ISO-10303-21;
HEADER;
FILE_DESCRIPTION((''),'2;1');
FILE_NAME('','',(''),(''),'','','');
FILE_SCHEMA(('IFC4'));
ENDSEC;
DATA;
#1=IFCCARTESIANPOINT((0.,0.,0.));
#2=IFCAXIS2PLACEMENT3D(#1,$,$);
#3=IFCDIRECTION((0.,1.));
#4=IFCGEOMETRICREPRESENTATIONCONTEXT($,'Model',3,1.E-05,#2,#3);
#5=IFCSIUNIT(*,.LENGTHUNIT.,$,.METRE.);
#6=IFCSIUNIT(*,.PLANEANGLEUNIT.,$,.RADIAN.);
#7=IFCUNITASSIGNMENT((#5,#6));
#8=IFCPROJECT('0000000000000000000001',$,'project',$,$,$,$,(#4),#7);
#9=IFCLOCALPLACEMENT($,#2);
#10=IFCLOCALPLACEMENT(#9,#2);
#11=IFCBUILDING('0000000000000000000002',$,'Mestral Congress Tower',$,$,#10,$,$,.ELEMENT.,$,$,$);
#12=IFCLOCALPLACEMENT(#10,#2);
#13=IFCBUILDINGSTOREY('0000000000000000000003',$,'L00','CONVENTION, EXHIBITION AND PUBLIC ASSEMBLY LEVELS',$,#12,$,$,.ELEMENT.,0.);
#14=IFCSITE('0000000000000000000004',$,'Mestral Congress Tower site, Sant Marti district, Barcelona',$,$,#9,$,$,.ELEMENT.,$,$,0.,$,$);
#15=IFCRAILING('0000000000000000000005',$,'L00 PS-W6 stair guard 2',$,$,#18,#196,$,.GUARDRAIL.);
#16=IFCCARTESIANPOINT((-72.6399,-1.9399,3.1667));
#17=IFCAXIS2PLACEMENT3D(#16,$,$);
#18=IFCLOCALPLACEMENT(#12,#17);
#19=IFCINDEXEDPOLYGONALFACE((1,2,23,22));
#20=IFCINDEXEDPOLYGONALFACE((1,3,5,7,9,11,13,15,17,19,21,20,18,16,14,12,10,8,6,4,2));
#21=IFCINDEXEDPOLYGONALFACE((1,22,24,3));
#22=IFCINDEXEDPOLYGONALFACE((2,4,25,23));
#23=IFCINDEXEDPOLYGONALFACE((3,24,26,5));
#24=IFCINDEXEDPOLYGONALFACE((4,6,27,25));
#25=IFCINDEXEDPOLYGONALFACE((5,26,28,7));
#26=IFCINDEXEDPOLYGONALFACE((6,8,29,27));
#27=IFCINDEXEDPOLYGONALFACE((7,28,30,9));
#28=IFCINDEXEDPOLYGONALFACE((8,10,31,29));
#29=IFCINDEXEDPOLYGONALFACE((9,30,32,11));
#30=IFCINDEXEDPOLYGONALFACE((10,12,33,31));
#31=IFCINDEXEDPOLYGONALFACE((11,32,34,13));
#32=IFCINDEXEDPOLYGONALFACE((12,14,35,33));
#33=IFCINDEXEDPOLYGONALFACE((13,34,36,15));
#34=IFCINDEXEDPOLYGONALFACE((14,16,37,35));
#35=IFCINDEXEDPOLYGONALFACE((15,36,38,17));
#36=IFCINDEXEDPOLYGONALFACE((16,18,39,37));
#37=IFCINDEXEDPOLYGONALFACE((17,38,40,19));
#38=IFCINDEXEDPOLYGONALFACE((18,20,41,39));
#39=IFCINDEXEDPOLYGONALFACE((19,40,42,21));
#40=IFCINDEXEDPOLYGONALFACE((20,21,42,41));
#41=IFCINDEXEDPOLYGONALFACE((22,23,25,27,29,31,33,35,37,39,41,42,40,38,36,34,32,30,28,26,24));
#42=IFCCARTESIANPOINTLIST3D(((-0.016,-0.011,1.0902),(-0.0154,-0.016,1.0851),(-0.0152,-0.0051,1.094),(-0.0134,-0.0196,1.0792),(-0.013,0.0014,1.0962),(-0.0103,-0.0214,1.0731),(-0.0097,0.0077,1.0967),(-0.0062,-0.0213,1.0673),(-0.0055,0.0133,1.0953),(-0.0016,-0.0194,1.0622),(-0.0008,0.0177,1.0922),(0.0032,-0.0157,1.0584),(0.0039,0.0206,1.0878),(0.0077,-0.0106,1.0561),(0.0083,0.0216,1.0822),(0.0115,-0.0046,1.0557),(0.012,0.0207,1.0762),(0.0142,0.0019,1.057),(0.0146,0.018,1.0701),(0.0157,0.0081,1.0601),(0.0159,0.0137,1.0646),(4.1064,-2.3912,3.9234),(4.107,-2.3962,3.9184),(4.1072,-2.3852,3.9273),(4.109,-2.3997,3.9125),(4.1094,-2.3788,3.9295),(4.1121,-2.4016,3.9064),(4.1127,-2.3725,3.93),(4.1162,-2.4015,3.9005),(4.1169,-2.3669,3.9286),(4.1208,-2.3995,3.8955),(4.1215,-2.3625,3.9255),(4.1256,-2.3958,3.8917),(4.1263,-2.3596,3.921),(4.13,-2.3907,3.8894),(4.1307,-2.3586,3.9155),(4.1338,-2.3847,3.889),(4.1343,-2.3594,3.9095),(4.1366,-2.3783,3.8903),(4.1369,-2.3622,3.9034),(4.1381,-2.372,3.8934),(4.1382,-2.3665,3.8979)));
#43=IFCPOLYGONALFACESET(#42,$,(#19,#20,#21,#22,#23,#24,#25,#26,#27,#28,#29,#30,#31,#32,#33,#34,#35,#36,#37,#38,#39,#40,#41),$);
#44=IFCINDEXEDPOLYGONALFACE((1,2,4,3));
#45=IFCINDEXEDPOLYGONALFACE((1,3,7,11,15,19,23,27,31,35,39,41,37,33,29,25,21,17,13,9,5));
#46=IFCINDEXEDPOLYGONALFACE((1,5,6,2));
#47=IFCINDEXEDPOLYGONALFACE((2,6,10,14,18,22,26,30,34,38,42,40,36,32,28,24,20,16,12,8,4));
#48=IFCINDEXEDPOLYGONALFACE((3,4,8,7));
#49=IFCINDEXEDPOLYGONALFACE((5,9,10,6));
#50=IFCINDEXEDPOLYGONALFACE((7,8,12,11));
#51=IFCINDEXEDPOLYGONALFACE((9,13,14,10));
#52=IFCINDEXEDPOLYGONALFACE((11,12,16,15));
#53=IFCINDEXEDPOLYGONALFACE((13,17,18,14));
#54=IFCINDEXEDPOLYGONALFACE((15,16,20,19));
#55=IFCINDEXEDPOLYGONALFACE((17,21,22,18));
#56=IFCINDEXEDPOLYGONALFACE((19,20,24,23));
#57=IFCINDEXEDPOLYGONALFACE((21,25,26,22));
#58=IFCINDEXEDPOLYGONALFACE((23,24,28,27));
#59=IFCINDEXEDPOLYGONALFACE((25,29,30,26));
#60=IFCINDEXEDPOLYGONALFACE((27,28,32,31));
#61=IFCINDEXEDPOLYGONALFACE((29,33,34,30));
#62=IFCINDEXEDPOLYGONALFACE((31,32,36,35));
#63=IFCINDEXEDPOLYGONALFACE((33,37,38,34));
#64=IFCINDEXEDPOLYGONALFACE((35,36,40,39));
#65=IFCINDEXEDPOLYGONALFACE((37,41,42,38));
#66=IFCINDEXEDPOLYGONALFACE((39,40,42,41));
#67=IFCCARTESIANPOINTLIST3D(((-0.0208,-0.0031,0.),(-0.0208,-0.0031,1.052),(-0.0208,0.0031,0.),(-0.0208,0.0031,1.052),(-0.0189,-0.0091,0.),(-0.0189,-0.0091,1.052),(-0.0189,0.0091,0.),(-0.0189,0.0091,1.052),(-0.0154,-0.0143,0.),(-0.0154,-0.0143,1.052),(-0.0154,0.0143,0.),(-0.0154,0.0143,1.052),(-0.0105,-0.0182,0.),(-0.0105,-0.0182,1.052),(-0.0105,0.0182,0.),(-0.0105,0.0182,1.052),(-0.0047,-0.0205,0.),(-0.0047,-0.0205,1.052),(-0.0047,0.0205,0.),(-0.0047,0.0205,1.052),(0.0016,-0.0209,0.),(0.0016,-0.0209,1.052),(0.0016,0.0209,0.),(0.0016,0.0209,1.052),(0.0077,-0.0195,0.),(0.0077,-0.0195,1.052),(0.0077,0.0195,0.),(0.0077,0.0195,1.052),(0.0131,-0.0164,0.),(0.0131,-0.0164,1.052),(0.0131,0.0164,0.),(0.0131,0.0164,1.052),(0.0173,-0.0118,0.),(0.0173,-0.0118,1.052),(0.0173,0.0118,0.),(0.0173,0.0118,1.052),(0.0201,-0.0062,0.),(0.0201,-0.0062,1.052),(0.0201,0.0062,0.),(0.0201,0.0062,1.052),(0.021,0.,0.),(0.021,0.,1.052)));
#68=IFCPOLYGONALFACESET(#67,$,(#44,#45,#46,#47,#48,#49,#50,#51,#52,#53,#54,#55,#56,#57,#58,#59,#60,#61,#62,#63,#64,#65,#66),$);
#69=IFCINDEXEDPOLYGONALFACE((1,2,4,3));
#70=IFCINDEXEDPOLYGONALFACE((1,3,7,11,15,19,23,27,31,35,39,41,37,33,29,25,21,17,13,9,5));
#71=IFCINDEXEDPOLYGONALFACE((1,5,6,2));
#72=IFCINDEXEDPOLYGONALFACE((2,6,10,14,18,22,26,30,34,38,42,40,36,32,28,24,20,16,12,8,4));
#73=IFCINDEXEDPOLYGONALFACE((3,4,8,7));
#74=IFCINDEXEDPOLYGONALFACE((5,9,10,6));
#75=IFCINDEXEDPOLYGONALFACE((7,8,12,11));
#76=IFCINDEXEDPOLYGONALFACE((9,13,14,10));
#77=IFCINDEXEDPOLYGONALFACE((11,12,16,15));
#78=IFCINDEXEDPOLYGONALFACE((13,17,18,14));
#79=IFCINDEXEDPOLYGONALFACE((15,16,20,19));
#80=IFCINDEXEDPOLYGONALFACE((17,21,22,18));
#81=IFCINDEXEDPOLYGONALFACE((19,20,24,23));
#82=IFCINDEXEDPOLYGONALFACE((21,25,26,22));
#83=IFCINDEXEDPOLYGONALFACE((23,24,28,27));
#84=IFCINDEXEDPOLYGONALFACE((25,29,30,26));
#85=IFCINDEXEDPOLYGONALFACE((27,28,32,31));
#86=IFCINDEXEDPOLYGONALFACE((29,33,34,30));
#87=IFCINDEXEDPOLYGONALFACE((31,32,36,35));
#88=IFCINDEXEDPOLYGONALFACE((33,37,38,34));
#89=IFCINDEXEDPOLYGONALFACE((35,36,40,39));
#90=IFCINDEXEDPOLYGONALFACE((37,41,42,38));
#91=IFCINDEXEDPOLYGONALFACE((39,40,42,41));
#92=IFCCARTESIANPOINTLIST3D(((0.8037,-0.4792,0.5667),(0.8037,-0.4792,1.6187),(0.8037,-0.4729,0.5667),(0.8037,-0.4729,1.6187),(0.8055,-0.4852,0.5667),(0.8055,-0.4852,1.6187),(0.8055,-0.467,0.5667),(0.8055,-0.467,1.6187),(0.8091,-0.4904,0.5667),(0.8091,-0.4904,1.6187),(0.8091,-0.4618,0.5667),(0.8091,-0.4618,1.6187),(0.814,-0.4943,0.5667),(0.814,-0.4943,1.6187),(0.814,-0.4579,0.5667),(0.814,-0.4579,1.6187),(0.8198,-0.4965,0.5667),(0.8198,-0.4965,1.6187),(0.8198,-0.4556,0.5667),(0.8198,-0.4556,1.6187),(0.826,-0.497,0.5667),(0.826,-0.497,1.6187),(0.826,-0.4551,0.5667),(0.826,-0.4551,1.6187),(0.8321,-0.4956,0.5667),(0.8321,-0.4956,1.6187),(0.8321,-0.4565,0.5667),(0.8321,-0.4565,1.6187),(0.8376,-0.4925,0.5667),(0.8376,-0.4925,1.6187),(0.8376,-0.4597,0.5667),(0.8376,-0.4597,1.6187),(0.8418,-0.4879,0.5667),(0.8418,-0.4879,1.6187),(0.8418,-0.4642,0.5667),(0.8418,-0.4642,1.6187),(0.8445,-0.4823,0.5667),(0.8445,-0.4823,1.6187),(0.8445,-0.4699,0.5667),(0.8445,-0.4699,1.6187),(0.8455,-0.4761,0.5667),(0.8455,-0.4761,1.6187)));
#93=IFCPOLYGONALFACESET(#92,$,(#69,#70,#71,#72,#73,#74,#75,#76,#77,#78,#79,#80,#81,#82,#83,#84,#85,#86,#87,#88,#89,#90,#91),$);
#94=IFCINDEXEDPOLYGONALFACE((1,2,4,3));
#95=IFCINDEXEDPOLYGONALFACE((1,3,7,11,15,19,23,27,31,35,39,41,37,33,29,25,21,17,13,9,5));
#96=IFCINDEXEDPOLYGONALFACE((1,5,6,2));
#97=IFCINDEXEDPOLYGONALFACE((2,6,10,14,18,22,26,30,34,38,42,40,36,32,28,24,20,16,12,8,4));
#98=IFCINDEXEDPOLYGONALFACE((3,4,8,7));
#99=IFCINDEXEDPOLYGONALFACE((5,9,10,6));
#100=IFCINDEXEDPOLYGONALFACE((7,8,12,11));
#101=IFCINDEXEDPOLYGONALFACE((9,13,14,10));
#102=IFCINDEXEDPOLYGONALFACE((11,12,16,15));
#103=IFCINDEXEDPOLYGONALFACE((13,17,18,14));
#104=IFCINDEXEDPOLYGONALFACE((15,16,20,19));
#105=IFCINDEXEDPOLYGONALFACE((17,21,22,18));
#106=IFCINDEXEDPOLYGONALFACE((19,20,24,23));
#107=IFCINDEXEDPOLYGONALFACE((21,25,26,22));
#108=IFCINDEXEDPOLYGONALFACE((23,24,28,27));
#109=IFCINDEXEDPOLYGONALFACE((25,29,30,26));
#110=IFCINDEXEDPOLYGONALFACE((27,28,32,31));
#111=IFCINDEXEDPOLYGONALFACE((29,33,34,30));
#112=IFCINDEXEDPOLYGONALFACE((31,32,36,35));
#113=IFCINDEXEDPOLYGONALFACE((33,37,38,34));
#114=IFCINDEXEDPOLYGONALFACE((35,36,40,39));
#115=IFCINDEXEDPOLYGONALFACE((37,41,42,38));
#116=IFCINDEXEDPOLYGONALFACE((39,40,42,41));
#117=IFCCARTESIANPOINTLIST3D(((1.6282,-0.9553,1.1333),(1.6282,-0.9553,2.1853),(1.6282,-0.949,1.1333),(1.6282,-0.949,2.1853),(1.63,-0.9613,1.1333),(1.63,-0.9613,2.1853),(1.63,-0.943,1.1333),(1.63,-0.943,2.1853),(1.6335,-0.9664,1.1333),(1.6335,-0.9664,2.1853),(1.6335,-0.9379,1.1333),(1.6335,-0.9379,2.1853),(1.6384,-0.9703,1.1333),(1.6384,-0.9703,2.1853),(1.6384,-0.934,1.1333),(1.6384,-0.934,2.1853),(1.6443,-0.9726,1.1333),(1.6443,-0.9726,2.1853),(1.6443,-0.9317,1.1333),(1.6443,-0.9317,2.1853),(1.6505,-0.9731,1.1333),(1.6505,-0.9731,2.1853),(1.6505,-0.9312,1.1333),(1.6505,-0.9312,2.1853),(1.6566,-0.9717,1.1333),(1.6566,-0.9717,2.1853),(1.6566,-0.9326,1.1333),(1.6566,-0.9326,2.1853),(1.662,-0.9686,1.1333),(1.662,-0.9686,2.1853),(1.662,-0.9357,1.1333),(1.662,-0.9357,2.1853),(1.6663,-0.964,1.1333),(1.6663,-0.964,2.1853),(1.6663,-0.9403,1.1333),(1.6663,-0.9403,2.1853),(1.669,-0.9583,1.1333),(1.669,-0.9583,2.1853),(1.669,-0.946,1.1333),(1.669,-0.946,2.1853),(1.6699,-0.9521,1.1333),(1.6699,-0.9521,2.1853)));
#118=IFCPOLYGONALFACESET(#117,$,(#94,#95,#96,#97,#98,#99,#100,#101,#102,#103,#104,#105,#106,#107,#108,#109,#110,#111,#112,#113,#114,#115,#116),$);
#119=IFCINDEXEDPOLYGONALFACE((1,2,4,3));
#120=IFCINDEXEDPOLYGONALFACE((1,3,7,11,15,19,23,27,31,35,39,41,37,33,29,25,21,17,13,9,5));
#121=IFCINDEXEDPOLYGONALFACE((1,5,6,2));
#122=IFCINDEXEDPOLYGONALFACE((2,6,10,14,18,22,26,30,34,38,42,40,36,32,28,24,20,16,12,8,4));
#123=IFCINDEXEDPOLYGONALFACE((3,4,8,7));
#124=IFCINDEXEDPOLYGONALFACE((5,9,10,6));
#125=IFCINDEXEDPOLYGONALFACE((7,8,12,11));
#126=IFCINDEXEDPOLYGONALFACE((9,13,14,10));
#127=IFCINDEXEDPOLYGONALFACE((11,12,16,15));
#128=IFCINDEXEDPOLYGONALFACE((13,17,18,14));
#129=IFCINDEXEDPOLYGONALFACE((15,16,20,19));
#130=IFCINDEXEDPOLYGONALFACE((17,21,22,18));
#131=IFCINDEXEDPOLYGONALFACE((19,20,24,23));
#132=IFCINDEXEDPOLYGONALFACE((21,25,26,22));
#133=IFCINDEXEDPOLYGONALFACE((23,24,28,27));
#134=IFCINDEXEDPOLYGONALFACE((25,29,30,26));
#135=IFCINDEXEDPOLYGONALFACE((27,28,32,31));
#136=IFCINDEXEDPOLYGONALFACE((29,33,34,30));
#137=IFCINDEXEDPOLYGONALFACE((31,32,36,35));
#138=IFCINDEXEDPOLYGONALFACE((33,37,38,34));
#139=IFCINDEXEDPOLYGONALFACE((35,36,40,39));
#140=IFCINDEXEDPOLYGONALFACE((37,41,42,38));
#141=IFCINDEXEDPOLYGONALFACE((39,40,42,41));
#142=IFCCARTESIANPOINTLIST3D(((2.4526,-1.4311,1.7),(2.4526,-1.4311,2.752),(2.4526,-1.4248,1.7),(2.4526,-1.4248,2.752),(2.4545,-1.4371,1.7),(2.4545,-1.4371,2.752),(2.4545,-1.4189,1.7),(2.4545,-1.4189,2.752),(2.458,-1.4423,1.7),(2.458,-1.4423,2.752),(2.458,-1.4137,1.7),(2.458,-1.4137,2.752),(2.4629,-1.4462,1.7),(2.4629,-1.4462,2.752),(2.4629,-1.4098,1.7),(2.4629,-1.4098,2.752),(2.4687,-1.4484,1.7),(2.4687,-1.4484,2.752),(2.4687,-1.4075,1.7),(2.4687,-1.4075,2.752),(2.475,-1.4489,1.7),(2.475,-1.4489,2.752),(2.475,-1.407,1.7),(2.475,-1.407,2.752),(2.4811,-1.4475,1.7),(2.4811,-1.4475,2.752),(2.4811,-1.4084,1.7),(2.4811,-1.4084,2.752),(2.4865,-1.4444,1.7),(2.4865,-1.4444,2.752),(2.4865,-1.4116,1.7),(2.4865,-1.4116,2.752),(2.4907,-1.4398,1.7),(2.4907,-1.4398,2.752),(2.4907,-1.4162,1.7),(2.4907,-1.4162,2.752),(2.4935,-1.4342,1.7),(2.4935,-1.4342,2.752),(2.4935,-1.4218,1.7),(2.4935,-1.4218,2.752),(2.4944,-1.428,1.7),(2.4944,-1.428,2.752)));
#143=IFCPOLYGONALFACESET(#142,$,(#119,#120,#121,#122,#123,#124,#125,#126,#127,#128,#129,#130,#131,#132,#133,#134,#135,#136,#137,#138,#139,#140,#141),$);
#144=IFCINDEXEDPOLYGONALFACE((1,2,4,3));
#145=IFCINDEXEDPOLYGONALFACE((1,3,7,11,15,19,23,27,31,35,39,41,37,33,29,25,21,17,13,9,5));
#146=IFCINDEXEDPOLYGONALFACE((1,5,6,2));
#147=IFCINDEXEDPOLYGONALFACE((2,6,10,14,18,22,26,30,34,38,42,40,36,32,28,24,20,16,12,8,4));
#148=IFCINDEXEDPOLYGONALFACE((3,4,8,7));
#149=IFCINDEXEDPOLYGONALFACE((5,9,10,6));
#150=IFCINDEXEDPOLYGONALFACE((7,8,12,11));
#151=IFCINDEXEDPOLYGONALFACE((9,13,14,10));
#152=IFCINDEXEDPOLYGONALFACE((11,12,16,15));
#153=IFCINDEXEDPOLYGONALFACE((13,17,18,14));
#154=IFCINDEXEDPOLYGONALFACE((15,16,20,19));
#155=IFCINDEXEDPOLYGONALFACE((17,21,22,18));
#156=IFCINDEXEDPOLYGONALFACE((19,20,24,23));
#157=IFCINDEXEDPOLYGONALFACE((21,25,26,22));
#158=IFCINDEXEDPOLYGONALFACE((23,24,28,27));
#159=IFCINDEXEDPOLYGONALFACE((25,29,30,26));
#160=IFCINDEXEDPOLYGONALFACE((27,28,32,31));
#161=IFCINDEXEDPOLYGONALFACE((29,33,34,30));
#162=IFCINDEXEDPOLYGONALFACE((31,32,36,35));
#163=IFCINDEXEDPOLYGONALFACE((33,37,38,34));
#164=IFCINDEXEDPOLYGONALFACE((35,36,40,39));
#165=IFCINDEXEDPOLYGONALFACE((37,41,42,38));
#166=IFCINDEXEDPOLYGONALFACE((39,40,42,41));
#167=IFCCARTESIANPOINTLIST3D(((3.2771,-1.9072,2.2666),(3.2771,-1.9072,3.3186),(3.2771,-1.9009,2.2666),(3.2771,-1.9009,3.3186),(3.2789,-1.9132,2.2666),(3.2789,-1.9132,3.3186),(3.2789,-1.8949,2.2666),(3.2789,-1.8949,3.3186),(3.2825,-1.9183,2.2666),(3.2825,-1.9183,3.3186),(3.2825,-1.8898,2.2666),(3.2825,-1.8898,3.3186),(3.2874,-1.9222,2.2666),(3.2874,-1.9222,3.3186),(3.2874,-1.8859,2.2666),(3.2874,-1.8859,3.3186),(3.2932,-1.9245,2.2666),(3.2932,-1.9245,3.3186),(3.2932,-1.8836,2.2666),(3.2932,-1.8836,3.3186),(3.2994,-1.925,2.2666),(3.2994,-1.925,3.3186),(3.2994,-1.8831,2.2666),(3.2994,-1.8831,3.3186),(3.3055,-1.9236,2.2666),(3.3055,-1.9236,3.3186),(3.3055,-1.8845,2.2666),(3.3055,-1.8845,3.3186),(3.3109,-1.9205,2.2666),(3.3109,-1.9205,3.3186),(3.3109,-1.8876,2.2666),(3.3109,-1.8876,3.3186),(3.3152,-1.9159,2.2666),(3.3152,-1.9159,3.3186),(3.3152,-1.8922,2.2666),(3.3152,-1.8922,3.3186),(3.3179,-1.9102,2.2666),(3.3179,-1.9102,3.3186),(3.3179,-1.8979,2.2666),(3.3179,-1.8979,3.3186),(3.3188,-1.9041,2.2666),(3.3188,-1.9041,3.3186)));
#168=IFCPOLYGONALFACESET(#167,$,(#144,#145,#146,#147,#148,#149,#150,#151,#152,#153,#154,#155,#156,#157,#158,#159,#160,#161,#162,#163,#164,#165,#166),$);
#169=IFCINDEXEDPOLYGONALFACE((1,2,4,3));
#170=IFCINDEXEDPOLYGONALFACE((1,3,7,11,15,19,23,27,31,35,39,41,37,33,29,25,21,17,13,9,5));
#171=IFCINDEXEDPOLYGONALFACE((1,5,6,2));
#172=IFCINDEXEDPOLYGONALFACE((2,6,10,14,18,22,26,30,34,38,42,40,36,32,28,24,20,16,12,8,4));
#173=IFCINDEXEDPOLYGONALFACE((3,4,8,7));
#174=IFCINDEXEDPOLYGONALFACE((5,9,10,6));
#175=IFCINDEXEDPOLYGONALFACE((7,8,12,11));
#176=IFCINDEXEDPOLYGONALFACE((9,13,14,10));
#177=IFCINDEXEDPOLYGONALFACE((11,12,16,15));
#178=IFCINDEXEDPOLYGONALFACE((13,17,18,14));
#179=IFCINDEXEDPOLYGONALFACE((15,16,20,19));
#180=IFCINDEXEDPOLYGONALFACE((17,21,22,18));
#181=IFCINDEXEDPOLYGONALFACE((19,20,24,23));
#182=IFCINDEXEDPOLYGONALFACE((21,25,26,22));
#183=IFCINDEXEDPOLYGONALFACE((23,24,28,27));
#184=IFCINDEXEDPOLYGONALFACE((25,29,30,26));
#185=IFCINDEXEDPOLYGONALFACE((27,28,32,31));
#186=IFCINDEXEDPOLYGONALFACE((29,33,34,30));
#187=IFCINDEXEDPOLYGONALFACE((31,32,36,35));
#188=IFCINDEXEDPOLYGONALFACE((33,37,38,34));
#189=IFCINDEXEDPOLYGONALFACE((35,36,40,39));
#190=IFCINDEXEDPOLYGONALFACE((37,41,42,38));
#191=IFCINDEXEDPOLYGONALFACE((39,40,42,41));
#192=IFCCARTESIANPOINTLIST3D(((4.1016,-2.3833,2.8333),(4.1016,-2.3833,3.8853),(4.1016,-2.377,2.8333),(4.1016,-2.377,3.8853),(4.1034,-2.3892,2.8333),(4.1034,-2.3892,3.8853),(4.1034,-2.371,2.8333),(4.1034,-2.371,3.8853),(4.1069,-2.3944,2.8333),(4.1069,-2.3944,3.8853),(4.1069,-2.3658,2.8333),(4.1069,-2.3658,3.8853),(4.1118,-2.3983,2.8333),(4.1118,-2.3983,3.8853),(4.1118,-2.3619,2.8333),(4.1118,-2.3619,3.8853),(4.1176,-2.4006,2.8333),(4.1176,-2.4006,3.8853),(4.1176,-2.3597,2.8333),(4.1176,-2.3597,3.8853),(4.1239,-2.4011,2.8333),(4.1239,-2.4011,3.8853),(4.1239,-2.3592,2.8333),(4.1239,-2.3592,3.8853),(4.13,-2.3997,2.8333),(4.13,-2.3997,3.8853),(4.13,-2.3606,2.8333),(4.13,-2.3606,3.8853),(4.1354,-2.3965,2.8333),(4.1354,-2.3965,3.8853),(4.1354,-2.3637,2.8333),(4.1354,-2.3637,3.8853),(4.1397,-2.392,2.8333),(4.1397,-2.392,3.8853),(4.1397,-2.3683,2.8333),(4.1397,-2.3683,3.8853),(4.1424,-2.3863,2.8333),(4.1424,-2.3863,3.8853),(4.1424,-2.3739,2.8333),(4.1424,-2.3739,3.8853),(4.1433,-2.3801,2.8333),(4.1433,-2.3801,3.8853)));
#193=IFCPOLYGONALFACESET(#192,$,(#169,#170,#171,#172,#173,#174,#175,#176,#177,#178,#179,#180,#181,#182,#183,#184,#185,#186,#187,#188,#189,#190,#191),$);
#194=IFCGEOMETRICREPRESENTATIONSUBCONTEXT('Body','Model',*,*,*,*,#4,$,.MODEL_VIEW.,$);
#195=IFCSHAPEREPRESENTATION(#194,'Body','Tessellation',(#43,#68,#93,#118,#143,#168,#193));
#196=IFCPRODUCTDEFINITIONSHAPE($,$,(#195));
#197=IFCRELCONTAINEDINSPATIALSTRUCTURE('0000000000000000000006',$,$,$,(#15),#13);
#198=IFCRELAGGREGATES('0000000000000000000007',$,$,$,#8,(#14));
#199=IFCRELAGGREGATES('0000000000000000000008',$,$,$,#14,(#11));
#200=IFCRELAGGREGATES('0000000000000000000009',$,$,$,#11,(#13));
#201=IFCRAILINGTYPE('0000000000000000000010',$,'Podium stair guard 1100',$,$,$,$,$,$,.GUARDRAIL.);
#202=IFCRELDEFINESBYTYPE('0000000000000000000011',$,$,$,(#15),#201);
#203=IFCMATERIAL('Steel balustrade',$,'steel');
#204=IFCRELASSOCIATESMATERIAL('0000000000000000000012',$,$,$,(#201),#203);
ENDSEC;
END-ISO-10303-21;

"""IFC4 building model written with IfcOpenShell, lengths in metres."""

from ifc_helpers import new_model, si_unit, direction, frame, origin, origin_2d, place, context, subcontext, project, spatial, circle, extrude, material, type_object, element, save


model = new_model("IFC4")

# Units and contexts
model_context = context("Model", 3, precision=1e-05, world=origin(), true_north=direction((0.0, 1.0)))
body_context = subcontext(model_context, "Body", "Model", "MODEL_VIEW")
ifc_project = project(units=[si_unit("LENGTHUNIT", "METRE"), si_unit("PLANEANGLEUNIT", "RADIAN")], contexts=[model_context])

# Site, building, storey
site_placement = place(None, origin())
site = spatial("IfcSite", under=ifc_project, at=site_placement, Name="Mestral Congress Tower site, Sant Marti district, Barcelona", CompositionType="ELEMENT", RefElevation=0.0)
building_placement = place(site_placement, origin())
building = spatial("IfcBuilding", under=site, at=building_placement, Name="Mestral Congress Tower", CompositionType="ELEMENT")
storey_placement = place(building_placement, origin())
storey = spatial("IfcBuildingStorey", under=building, at=storey_placement, Name="L00", Description="CONVENTION, EXHIBITION AND PUBLIC ASSEMBLY LEVELS", CompositionType="ELEMENT", Elevation=0.0)

# Railing
ifc_material_1 = material(Name="Steel balustrade", Category="steel")
railing_type_1 = type_object("IfcRailingType", Name="Podium stair guard 1100", PredefinedType="GUARDRAIL", material=ifc_material_1)
railing_1_placement = place(storey_placement, frame((-72.6399, -1.9399, 3.1667)))
element("IfcRailing", 1, at=railing_1_placement, inside=storey, type_object=railing_type_1, Name="L00 PS-W6 stair guard 2", PredefinedType="GUARDRAIL", context=body_context, shape_type="SweptSolid", body=[
    extrude(circle(Radius=0.0239, at=origin_2d()), frame((0.0, 0.0, 1.0762), z_axis=(0.74417, -0.429666, 0.511466), x_axis=(0.500017, 0.866016, 0.0)), (0.0, 0.0, 1.0), 5.5396),
    extrude(circle(Radius=0.021, at=origin_2d()), origin(), (0.0, 0.0, 1.0), 1.052),
    extrude(circle(Radius=0.021, at=origin_2d()), frame((0.8245, -0.4761, 0.5667)), (0.0, 0.0, 1.0), 1.052),
    extrude(circle(Radius=0.021, at=origin_2d()), frame((1.6489, -0.9521, 1.1333)), (0.0, 0.0, 1.0), 1.052),
    extrude(circle(Radius=0.021, at=origin_2d()), frame((2.4734, -1.428, 1.7)), (0.0, 0.0, 1.0), 1.052),
    extrude(circle(Radius=0.021, at=origin_2d()), frame((3.2979, -1.9041, 2.2666)), (0.0, 0.0, 1.0), 1.052),
    extrude(circle(Radius=0.021, at=origin_2d()), frame((4.1223, -2.3801, 2.8333)), (0.0, 0.0, 1.0), 1.052),
])

save(model, "model.ifc")
